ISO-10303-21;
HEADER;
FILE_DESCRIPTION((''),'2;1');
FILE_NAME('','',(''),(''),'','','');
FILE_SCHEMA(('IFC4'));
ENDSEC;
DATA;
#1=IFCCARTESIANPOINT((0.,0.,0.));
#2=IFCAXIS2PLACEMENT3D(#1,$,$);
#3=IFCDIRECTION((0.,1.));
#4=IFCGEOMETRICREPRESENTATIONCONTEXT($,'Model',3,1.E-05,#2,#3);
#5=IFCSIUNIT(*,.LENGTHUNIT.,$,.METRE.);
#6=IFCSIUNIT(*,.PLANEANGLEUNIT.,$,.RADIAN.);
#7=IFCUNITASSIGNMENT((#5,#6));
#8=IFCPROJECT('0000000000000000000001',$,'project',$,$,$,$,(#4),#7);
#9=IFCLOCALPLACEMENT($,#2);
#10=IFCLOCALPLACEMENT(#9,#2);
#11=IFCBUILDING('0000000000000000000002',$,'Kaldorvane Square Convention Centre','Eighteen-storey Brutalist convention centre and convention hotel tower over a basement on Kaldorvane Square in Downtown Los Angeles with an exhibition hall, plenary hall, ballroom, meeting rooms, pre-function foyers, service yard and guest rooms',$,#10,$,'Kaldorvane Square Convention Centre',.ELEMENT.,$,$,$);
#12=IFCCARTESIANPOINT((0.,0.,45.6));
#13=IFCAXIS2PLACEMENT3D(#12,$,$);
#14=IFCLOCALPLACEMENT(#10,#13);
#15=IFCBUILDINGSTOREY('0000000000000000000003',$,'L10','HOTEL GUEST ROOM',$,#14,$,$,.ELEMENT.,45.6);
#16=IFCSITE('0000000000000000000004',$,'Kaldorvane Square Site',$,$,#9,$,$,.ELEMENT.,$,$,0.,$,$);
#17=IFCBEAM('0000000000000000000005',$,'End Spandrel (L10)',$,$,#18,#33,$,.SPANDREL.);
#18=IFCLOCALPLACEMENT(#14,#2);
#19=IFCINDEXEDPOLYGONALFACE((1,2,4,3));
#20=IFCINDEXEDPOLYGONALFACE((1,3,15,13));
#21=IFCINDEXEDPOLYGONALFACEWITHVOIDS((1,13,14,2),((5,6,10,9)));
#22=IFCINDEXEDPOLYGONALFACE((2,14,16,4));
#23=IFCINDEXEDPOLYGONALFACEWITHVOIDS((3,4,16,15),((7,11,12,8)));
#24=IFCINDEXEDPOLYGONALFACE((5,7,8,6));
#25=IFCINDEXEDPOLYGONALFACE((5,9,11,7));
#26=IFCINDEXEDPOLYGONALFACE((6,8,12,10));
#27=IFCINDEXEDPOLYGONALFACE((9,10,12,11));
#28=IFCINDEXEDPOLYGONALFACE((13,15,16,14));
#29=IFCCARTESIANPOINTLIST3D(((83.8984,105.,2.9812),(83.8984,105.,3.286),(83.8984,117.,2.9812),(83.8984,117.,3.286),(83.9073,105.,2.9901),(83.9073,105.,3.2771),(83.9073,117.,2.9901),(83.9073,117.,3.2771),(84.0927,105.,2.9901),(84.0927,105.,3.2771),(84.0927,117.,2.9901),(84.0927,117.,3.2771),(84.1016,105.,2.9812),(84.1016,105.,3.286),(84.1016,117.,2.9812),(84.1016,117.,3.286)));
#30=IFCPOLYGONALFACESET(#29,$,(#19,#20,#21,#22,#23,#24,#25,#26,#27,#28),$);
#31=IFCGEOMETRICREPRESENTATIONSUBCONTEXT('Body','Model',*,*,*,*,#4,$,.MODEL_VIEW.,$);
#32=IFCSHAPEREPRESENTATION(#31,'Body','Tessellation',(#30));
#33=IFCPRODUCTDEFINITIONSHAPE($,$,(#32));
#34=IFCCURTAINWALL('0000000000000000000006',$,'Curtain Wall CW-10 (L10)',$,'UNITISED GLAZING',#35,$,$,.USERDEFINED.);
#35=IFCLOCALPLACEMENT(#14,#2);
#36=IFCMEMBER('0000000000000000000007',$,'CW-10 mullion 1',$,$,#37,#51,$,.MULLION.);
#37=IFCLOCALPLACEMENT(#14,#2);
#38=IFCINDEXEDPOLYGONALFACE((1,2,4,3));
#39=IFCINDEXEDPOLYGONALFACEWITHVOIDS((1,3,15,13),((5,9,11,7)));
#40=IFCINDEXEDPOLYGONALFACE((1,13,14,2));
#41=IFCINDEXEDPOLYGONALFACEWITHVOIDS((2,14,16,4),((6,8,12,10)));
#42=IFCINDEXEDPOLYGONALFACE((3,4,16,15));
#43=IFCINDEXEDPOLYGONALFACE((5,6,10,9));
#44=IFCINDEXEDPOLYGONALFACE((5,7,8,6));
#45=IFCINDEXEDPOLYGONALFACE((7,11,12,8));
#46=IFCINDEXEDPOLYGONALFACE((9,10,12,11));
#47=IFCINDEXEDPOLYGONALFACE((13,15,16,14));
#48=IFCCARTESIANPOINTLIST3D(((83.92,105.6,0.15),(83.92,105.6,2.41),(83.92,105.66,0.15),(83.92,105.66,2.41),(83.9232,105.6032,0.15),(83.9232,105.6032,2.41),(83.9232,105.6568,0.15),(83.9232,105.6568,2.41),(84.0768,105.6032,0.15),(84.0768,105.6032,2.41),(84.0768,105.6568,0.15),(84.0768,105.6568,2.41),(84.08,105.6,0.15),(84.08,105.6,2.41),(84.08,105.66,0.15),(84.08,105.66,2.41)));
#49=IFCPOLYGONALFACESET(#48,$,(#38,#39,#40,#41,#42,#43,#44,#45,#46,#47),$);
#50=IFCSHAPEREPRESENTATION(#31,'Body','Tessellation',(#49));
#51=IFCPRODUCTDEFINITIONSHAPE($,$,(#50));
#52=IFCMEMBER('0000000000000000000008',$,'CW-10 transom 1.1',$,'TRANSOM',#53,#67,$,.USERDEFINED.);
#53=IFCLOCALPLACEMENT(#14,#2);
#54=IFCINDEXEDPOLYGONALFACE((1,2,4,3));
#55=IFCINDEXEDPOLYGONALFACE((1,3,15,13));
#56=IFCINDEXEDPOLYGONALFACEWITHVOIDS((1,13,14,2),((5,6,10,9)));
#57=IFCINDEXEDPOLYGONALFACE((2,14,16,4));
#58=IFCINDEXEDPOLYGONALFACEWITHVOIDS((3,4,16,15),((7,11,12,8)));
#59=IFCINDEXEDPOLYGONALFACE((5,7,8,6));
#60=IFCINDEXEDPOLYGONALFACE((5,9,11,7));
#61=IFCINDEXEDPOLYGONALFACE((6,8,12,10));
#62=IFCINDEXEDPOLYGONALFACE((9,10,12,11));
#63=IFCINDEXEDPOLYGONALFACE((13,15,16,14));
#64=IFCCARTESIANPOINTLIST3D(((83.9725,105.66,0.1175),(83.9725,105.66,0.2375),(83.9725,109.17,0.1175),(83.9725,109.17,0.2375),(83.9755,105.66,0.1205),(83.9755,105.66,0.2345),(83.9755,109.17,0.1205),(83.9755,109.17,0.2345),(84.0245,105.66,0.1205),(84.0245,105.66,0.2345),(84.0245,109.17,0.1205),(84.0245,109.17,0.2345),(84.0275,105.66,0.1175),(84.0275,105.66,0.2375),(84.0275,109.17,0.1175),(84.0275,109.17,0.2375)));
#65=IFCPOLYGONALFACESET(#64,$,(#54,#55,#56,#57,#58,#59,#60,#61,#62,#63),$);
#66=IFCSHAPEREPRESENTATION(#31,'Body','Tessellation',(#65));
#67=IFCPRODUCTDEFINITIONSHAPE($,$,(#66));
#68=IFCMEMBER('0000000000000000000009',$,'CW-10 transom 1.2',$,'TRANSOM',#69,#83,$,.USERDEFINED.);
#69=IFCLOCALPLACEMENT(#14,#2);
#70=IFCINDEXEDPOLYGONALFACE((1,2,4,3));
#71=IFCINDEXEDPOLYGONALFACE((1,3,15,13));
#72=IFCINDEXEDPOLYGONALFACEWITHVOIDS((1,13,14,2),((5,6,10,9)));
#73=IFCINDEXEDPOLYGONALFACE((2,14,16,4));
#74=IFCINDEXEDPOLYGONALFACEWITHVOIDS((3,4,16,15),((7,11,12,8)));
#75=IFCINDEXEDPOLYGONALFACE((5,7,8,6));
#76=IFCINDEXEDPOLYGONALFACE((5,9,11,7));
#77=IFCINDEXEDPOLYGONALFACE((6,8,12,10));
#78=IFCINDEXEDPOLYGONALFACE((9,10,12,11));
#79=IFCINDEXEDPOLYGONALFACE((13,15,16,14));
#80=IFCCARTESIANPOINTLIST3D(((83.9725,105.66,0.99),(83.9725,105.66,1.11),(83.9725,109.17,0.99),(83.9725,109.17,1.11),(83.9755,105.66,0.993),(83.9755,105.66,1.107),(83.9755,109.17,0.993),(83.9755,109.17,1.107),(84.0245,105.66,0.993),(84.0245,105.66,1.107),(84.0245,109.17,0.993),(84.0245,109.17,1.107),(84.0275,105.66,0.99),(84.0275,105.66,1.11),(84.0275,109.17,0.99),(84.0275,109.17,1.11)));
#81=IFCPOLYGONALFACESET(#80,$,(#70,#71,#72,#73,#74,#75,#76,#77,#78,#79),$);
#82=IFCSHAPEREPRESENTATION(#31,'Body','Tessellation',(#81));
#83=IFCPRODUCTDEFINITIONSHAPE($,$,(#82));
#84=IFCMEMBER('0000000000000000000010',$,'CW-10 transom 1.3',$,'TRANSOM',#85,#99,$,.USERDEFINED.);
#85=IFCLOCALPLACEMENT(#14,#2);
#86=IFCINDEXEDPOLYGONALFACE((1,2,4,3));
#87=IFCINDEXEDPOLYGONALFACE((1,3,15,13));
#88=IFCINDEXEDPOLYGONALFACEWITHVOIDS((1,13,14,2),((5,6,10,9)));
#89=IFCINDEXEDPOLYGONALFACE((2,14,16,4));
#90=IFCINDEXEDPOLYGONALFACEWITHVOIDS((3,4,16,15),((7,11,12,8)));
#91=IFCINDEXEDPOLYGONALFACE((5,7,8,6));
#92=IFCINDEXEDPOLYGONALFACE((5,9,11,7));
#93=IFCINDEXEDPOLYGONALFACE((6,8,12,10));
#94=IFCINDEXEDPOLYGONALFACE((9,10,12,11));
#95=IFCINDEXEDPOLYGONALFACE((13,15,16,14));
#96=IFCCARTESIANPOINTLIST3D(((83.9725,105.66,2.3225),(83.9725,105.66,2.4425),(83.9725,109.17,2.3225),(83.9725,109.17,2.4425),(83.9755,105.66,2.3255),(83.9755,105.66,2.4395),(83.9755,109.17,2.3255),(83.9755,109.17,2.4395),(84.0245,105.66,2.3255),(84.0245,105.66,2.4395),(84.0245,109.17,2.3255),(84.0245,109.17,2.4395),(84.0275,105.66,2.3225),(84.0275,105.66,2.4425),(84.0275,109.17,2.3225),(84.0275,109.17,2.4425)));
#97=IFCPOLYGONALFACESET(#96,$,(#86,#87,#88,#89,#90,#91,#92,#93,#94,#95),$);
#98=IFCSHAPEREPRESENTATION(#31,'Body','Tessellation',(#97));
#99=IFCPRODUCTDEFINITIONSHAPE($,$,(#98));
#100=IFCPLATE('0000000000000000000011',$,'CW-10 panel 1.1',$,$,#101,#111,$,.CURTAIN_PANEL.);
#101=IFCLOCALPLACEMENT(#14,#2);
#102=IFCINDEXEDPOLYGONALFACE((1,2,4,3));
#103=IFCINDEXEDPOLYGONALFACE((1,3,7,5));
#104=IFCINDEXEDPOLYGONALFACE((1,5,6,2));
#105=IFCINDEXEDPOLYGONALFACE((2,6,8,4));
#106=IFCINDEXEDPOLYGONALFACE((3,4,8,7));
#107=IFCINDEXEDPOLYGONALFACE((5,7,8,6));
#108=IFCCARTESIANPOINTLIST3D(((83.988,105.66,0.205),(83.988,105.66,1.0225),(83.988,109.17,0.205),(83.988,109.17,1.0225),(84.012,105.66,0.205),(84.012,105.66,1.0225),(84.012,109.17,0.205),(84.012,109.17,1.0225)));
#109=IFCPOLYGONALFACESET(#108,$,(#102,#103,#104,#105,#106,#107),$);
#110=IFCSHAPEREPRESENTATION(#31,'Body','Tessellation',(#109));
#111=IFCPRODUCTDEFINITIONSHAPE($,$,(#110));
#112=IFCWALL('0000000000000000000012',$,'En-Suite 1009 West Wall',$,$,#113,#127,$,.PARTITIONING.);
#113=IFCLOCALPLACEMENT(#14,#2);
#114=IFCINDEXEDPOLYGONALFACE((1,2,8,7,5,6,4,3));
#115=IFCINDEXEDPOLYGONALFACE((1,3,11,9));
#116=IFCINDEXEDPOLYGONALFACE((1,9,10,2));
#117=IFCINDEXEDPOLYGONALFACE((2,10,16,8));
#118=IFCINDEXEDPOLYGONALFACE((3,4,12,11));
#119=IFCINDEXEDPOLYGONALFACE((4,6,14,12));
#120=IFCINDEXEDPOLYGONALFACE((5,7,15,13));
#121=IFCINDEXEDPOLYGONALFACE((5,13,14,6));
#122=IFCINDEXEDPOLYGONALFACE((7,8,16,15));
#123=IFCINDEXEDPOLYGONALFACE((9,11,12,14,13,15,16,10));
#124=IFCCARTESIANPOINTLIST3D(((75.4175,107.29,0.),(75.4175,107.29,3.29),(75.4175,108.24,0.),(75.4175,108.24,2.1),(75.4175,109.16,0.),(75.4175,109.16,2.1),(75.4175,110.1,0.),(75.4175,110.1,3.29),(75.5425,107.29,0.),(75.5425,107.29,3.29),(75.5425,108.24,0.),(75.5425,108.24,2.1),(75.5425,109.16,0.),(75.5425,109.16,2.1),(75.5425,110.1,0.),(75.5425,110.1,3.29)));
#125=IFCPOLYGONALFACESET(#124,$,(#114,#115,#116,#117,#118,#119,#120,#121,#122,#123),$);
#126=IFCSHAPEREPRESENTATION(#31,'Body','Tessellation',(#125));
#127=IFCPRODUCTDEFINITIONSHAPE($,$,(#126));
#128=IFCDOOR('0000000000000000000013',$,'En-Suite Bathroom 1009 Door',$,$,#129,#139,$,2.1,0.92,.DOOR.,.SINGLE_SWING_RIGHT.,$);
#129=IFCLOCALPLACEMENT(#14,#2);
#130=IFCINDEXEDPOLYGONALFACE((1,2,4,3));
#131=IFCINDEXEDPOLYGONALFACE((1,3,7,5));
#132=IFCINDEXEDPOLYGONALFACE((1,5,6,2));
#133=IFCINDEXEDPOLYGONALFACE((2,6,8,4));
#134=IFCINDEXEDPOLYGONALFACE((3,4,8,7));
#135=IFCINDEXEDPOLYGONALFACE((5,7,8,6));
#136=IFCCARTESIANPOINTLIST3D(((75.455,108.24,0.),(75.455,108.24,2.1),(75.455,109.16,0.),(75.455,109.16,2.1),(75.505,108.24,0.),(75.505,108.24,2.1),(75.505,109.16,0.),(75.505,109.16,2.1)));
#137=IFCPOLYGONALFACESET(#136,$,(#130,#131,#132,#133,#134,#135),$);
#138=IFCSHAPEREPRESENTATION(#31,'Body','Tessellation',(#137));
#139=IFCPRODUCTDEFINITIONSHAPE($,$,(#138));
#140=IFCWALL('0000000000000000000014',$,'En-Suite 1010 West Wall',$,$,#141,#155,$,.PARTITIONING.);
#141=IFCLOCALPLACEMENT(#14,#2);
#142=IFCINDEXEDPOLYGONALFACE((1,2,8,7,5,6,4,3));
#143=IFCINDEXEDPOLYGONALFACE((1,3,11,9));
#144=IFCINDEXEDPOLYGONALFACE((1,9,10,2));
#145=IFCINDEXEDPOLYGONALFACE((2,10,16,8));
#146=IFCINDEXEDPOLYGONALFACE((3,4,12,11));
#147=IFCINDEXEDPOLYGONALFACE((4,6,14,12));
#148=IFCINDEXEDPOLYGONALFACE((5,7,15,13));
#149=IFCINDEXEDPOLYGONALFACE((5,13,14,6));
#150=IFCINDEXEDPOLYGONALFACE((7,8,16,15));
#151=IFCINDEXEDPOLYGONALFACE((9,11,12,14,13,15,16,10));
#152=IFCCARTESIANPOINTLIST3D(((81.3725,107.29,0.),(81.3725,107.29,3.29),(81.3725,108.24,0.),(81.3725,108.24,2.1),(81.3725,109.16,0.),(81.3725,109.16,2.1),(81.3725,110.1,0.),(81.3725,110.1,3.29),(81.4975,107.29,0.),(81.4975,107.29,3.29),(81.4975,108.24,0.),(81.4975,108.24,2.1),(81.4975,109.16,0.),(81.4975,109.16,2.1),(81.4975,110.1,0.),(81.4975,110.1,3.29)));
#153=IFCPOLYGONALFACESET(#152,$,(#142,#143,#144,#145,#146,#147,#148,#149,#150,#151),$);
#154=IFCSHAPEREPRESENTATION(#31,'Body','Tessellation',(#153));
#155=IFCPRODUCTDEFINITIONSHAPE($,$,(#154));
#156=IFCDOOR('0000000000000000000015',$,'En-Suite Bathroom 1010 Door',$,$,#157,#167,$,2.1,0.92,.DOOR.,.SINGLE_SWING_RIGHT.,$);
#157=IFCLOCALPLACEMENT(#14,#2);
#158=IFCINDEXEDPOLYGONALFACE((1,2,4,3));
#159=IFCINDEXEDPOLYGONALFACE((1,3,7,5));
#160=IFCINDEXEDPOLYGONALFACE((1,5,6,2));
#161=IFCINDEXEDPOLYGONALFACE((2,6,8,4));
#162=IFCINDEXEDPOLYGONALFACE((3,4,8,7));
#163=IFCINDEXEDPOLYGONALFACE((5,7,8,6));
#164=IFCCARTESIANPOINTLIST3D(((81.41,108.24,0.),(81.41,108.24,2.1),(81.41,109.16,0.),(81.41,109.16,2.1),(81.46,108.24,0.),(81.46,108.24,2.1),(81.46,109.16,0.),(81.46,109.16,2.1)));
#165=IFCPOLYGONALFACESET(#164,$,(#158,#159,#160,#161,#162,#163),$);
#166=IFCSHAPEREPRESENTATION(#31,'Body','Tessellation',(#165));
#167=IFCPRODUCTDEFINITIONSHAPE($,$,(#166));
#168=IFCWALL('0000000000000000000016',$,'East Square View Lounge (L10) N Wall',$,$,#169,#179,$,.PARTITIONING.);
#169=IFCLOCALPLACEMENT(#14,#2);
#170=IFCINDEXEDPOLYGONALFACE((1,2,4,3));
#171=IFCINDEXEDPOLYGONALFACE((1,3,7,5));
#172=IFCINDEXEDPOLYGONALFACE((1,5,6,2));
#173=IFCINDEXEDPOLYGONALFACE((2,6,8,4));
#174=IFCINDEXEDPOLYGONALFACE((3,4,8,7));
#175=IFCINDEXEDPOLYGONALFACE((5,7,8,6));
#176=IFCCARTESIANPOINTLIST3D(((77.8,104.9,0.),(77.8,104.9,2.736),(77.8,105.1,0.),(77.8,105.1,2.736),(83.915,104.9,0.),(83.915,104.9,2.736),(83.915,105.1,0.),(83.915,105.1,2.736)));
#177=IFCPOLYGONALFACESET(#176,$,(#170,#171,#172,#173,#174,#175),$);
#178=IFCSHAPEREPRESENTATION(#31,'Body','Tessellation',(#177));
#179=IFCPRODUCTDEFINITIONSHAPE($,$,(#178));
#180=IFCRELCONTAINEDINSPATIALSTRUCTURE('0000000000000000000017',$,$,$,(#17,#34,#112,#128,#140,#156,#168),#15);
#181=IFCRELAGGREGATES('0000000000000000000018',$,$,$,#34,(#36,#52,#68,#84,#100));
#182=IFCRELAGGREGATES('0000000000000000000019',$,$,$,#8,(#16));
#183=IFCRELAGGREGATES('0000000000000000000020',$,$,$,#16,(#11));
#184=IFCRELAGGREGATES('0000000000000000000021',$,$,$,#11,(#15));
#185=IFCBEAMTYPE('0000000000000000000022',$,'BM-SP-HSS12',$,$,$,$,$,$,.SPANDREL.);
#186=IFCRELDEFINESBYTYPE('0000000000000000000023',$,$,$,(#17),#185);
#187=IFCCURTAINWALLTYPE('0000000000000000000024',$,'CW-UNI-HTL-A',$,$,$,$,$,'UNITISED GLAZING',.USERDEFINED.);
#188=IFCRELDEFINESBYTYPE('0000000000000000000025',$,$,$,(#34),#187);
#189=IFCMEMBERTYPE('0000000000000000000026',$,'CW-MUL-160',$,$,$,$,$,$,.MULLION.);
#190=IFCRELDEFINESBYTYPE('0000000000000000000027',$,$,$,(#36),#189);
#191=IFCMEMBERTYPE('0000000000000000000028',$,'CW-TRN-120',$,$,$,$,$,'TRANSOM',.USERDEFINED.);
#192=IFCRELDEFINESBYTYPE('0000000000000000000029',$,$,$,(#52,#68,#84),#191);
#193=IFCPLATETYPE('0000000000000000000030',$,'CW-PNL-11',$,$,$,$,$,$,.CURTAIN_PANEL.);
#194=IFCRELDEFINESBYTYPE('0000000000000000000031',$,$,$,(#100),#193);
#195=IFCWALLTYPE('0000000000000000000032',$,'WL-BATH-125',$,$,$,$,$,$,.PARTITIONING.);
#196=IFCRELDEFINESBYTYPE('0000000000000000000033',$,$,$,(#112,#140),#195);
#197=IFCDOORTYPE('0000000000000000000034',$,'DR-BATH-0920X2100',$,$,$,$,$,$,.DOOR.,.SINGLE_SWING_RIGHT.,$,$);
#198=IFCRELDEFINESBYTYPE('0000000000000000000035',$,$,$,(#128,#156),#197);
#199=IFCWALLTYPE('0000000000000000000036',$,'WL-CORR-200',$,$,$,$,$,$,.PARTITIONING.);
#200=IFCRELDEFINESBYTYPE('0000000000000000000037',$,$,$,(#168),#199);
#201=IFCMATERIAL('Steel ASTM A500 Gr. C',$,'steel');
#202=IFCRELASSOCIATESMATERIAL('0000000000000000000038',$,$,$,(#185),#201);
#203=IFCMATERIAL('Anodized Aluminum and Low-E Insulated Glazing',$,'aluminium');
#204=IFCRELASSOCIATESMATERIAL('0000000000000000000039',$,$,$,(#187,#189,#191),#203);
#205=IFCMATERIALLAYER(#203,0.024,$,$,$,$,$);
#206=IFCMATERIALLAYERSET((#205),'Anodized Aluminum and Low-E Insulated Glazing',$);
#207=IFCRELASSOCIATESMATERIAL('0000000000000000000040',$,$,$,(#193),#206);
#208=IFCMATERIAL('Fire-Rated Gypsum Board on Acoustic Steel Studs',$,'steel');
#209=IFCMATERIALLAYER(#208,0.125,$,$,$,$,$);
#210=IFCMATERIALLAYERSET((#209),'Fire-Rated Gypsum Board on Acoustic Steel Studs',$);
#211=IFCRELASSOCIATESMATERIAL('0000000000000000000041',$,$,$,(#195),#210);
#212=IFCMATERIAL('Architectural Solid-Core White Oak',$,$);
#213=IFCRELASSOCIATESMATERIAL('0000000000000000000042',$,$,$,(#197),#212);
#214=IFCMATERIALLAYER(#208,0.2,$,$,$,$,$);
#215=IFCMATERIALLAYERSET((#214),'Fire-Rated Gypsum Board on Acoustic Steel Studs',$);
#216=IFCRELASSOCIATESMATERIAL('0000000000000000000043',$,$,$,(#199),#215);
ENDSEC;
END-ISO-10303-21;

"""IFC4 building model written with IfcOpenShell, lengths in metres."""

from ifc_helpers import new_model, si_unit, direction, frame, frame_2d, origin, origin_2d, place, context, subcontext, project, spatial, rectangle, hollow_rectangle, extrude, material, layer, layer_set, material_profile, profile_set, type_object, element, fill, aggregate, save


model = new_model("IFC4")

# Units and contexts
model_context = context("Model", 3, precision=1e-05, world=origin(), true_north=direction((0.0, 1.0)))
body_context = subcontext(model_context, "Body", "Model", "MODEL_VIEW")
ifc_project = project(units=[si_unit("LENGTHUNIT", "METRE"), si_unit("PLANEANGLEUNIT", "RADIAN")], contexts=[model_context])

# Site, building, storey
site_placement = place(None, origin())
site = spatial("IfcSite", under=ifc_project, at=site_placement, Name="Kaldorvane Square Site", CompositionType="ELEMENT", RefElevation=0.0)
building_placement = place(site_placement, origin())
building = spatial("IfcBuilding", under=site, at=building_placement, Name="Kaldorvane Square Convention Centre", Description="Eighteen-storey Brutalist convention centre and convention hotel tower over a basement on Kaldorvane Square in Downtown Los Angeles with an exhibition hall, plenary hall, ballroom, meeting rooms, pre-function foyers, service yard and guest rooms", LongName="Kaldorvane Square Convention Centre", CompositionType="ELEMENT")
storey_placement = place(building_placement, frame((0.0, 0.0, 45.6)))
storey = spatial("IfcBuildingStorey", under=building, at=storey_placement, Name="L10", Description="HOTEL GUEST ROOM", CompositionType="ELEMENT", Elevation=45.6)

# Beam
ifc_material_1 = material(Name="Steel ASTM A500 Gr. C", Category="steel")
ifc_material_profile_1 = material_profile(ifc_material_1, hollow_rectangle(XDim=0.2032, YDim=0.3048, WallThickness=0.0089, at=origin_2d()), Name="HSS12X8X3/8")
ifc_profile_set_1 = profile_set([ifc_material_profile_1], Name="Steel ASTM A500 Gr. C")
beam_type_1 = type_object("IfcBeamType", Name="BM-SP-HSS12", PredefinedType="SPANDREL", material=ifc_profile_set_1)
beam_1_placement = place(storey_placement, frame((84.0, 105.0, 3.1336), z_axis=(0.0, 1.0, 0.0), x_axis=(-1.0, 0.0, 0.0)))
element("IfcBeam", 1, at=beam_1_placement, inside=storey, type_object=beam_type_1, Name="End Spandrel (L10)", PredefinedType="SPANDREL", context=body_context, shape_type="SweptSolid", body=[
    extrude(hollow_rectangle(XDim=0.2032, YDim=0.3048, WallThickness=0.0089, at=origin_2d()), origin(), (0.0, 0.0, 1.0), 12.0),
])

# Curtain wall, members, plate
ifc_material_2 = material(Name="Anodized Aluminum and Low-E Insulated Glazing", Category="aluminium")
curtain_wall_type = type_object("IfcCurtainWallType", Name="CW-UNI-HTL-A", ElementType="UNITISED GLAZING", PredefinedType="USERDEFINED", material=ifc_material_2)
curtain_wall_placement = place(storey_placement, origin())
curtain_wall = element("IfcCurtainWall", 2, at=curtain_wall_placement, inside=storey, type_object=curtain_wall_type, Name="Curtain Wall CW-10 (L10)", ObjectType="UNITISED GLAZING", PredefinedType="USERDEFINED")
ifc_material_profile_2 = material_profile(ifc_material_2, hollow_rectangle(XDim=0.06, YDim=0.16, WallThickness=0.0032, at=origin_2d()), Name="CWM-160X60")
ifc_profile_set_2 = profile_set([ifc_material_profile_2], Name="Anodized Aluminum and Low-E Insulated Glazing")
member_type_1 = type_object("IfcMemberType", Name="CW-MUL-160", PredefinedType="MULLION", material=ifc_profile_set_2)
member_1_placement = place(storey_placement, frame((84.0, 105.63, 0.15), z_axis=(0.0, 0.0, 1.0), x_axis=(0.0, 1.0, 0.0)))
member_1 = element("IfcMember", 3, at=member_1_placement, type_object=member_type_1, Name="CW-10 mullion 1", PredefinedType="MULLION", context=body_context, shape_type="SweptSolid", body=[
    extrude(hollow_rectangle(XDim=0.06, YDim=0.16, WallThickness=0.0032, at=origin_2d()), origin(), (0.0, 0.0, 1.0), 2.26),
])
ifc_material_profile_3 = material_profile(ifc_material_2, hollow_rectangle(XDim=0.055, YDim=0.12, WallThickness=0.003, at=origin_2d()), Name="CWT-120X55")
ifc_profile_set_3 = profile_set([ifc_material_profile_3], Name="Anodized Aluminum and Low-E Insulated Glazing")
member_type_2 = type_object("IfcMemberType", Name="CW-TRN-120", ElementType="TRANSOM", PredefinedType="USERDEFINED", material=ifc_profile_set_3)
member_2_placement = place(storey_placement, frame((84.0, 105.66, 0.1775), z_axis=(0.0, 1.0, 0.0), x_axis=(-1.0, 0.0, 0.0)))
member_2 = element("IfcMember", 4, at=member_2_placement, type_object=member_type_2, Name="CW-10 transom 1.1", ObjectType="TRANSOM", PredefinedType="USERDEFINED", context=body_context, shape_type="SweptSolid", body=[
    extrude(hollow_rectangle(XDim=0.055, YDim=0.12, WallThickness=0.003, at=origin_2d()), origin(), (0.0, 0.0, 1.0), 3.51),
])
member_3_placement = place(storey_placement, frame((84.0, 105.66, 1.05), z_axis=(0.0, 1.0, 0.0), x_axis=(-1.0, 0.0, 0.0)))
member_3 = element("IfcMember", 5, at=member_3_placement, type_object=member_type_2, Name="CW-10 transom 1.2", ObjectType="TRANSOM", PredefinedType="USERDEFINED", context=body_context, shape_type="SweptSolid", body=[
    extrude(hollow_rectangle(XDim=0.055, YDim=0.12, WallThickness=0.003, at=origin_2d()), origin(), (0.0, 0.0, 1.0), 3.51),
])
member_4_placement = place(storey_placement, frame((84.0, 105.66, 2.3825), z_axis=(0.0, 1.0, 0.0), x_axis=(-1.0, 0.0, 0.0)))
member_4 = element("IfcMember", 6, at=member_4_placement, type_object=member_type_2, Name="CW-10 transom 1.3", ObjectType="TRANSOM", PredefinedType="USERDEFINED", context=body_context, shape_type="SweptSolid", body=[
    extrude(hollow_rectangle(XDim=0.055, YDim=0.12, WallThickness=0.003, at=origin_2d()), origin(), (0.0, 0.0, 1.0), 3.51),
])
ifc_layer_1 = layer(ifc_material_2, 0.024)
ifc_layer_set_1 = layer_set([ifc_layer_1], Name="Anodized Aluminum and Low-E Insulated Glazing")
plate_type = type_object("IfcPlateType", Name="CW-PNL-11", PredefinedType="CURTAIN_PANEL", material=ifc_layer_set_1)
plate_placement = place(storey_placement, frame((84.0, 107.415, 0.205), z_axis=(0.0, 0.0, 1.0), x_axis=(0.0, 1.0, 0.0)))
plate = element("IfcPlate", 7, at=plate_placement, type_object=plate_type, Name="CW-10 panel 1.1", PredefinedType="CURTAIN_PANEL", context=body_context, shape_type="SweptSolid", body=[
    extrude(rectangle(XDim=3.51, YDim=0.024, at=origin_2d()), origin(), (0.0, 0.0, 1.0), 0.8175),
])
aggregate(curtain_wall, [member_1, member_2, member_3, member_4, plate])

# Walls, openings, doors
ifc_material_3 = material(Name="Fire-Rated Gypsum Board on Acoustic Steel Studs", Category="steel")
ifc_layer_2 = layer(ifc_material_3, 0.125)
ifc_layer_set_2 = layer_set([ifc_layer_2], Name="Fire-Rated Gypsum Board on Acoustic Steel Studs")
wall_type_1 = type_object("IfcWallType", Name="WL-BATH-125", PredefinedType="PARTITIONING", material=ifc_layer_set_2)
wall_1_placement = place(storey_placement, frame((75.48, 107.29, 0.0), z_axis=(0.0, 0.0, 1.0), x_axis=(0.0, 1.0, 0.0)))
wall_1 = element("IfcWall", 8, at=wall_1_placement, inside=storey, type_object=wall_type_1, Name="En-Suite 1009 West Wall", PredefinedType="PARTITIONING", context=body_context, shape_type="SweptSolid", body=[
    extrude(rectangle(XDim=2.81, YDim=0.125, at=frame_2d((1.405, 0.0))), origin(), (0.0, 0.0, 1.0), 3.29),
])
opening_1_placement = place(wall_1_placement, frame((0.95, 0.0, 0.0)))
opening_1 = element("IfcOpeningElement", 9, at=opening_1_placement, cuts=wall_1, PredefinedType="OPENING", context=body_context, shape_type="SweptSolid", body=[
    extrude(rectangle(XDim=0.92, YDim=2.1, at=frame_2d((0.46, 1.05))), frame((0.0, 0.0775, 0.0), z_axis=(0.0, -1.0, 0.0), x_axis=(1.0, 0.0, 0.0)), (0.0, 0.0, 1.0), 0.155),
])
ifc_material_4 = material(Name="Architectural Solid-Core White Oak")
door_type_1 = type_object("IfcDoorType", Name="DR-BATH-0920X2100", OperationType="SINGLE_SWING_RIGHT", PredefinedType="DOOR", material=ifc_material_4)
door_1_placement = place(opening_1_placement, origin())
door_1 = element("IfcDoor", 10, at=door_1_placement, inside=storey, type_object=door_type_1, Name="En-Suite Bathroom 1009 Door", OperationType="SINGLE_SWING_RIGHT", OverallHeight=2.1, OverallWidth=0.92, PredefinedType="DOOR", context=body_context, shape_type="SweptSolid", body=[
    extrude(rectangle(XDim=0.92, YDim=2.1, at=frame_2d((0.46, 1.05))), frame((0.0, 0.025, 0.0), z_axis=(0.0, -1.0, 0.0), x_axis=(1.0, 0.0, 0.0)), (0.0, 0.0, 1.0), 0.05),
])
fill(opening_1, door_1)
wall_2_placement = place(storey_placement, frame((81.435, 107.29, 0.0), z_axis=(0.0, 0.0, 1.0), x_axis=(0.0, 1.0, 0.0)))
wall_2 = element("IfcWall", 11, at=wall_2_placement, inside=storey, type_object=wall_type_1, Name="En-Suite 1010 West Wall", PredefinedType="PARTITIONING", context=body_context, shape_type="SweptSolid", body=[
    extrude(rectangle(XDim=2.81, YDim=0.125, at=frame_2d((1.405, 0.0))), origin(), (0.0, 0.0, 1.0), 3.29),
])
opening_2_placement = place(wall_2_placement, frame((0.95, 0.0, 0.0)))
opening_2 = element("IfcOpeningElement", 12, at=opening_2_placement, cuts=wall_2, PredefinedType="OPENING", context=body_context, shape_type="SweptSolid", body=[
    extrude(rectangle(XDim=0.92, YDim=2.1, at=frame_2d((0.46, 1.05))), frame((0.0, 0.0775, 0.0), z_axis=(0.0, -1.0, 0.0), x_axis=(1.0, 0.0, 0.0)), (0.0, 0.0, 1.0), 0.155),
])
door_2_placement = place(opening_2_placement, origin())
door_2 = element("IfcDoor", 13, at=door_2_placement, inside=storey, type_object=door_type_1, Name="En-Suite Bathroom 1010 Door", OperationType="SINGLE_SWING_RIGHT", OverallHeight=2.1, OverallWidth=0.92, PredefinedType="DOOR", context=body_context, shape_type="SweptSolid", body=[
    extrude(rectangle(XDim=0.92, YDim=2.1, at=frame_2d((0.46, 1.05))), frame((0.0, 0.025, 0.0), z_axis=(0.0, -1.0, 0.0), x_axis=(1.0, 0.0, 0.0)), (0.0, 0.0, 1.0), 0.05),
])
fill(opening_2, door_2)

# Wall
ifc_layer_3 = layer(ifc_material_3, 0.2)
ifc_layer_set_3 = layer_set([ifc_layer_3], Name="Fire-Rated Gypsum Board on Acoustic Steel Studs")
wall_type_2 = type_object("IfcWallType", Name="WL-CORR-200", PredefinedType="PARTITIONING", material=ifc_layer_set_3)
wall_3_placement = place(storey_placement, frame((83.915, 105.0, 0.0), z_axis=(0.0, 0.0, 1.0), x_axis=(-1.0, 0.0, 0.0)))
element("IfcWall", 14, at=wall_3_placement, inside=storey, type_object=wall_type_2, Name="East Square View Lounge (L10) N Wall", PredefinedType="PARTITIONING", context=body_context, shape_type="SweptSolid", body=[
    extrude(rectangle(XDim=6.115, YDim=0.2, at=frame_2d((3.0575, 0.0))), origin(), (0.0, 0.0, 1.0), 2.736),
])

save(model, "model.ifc")
